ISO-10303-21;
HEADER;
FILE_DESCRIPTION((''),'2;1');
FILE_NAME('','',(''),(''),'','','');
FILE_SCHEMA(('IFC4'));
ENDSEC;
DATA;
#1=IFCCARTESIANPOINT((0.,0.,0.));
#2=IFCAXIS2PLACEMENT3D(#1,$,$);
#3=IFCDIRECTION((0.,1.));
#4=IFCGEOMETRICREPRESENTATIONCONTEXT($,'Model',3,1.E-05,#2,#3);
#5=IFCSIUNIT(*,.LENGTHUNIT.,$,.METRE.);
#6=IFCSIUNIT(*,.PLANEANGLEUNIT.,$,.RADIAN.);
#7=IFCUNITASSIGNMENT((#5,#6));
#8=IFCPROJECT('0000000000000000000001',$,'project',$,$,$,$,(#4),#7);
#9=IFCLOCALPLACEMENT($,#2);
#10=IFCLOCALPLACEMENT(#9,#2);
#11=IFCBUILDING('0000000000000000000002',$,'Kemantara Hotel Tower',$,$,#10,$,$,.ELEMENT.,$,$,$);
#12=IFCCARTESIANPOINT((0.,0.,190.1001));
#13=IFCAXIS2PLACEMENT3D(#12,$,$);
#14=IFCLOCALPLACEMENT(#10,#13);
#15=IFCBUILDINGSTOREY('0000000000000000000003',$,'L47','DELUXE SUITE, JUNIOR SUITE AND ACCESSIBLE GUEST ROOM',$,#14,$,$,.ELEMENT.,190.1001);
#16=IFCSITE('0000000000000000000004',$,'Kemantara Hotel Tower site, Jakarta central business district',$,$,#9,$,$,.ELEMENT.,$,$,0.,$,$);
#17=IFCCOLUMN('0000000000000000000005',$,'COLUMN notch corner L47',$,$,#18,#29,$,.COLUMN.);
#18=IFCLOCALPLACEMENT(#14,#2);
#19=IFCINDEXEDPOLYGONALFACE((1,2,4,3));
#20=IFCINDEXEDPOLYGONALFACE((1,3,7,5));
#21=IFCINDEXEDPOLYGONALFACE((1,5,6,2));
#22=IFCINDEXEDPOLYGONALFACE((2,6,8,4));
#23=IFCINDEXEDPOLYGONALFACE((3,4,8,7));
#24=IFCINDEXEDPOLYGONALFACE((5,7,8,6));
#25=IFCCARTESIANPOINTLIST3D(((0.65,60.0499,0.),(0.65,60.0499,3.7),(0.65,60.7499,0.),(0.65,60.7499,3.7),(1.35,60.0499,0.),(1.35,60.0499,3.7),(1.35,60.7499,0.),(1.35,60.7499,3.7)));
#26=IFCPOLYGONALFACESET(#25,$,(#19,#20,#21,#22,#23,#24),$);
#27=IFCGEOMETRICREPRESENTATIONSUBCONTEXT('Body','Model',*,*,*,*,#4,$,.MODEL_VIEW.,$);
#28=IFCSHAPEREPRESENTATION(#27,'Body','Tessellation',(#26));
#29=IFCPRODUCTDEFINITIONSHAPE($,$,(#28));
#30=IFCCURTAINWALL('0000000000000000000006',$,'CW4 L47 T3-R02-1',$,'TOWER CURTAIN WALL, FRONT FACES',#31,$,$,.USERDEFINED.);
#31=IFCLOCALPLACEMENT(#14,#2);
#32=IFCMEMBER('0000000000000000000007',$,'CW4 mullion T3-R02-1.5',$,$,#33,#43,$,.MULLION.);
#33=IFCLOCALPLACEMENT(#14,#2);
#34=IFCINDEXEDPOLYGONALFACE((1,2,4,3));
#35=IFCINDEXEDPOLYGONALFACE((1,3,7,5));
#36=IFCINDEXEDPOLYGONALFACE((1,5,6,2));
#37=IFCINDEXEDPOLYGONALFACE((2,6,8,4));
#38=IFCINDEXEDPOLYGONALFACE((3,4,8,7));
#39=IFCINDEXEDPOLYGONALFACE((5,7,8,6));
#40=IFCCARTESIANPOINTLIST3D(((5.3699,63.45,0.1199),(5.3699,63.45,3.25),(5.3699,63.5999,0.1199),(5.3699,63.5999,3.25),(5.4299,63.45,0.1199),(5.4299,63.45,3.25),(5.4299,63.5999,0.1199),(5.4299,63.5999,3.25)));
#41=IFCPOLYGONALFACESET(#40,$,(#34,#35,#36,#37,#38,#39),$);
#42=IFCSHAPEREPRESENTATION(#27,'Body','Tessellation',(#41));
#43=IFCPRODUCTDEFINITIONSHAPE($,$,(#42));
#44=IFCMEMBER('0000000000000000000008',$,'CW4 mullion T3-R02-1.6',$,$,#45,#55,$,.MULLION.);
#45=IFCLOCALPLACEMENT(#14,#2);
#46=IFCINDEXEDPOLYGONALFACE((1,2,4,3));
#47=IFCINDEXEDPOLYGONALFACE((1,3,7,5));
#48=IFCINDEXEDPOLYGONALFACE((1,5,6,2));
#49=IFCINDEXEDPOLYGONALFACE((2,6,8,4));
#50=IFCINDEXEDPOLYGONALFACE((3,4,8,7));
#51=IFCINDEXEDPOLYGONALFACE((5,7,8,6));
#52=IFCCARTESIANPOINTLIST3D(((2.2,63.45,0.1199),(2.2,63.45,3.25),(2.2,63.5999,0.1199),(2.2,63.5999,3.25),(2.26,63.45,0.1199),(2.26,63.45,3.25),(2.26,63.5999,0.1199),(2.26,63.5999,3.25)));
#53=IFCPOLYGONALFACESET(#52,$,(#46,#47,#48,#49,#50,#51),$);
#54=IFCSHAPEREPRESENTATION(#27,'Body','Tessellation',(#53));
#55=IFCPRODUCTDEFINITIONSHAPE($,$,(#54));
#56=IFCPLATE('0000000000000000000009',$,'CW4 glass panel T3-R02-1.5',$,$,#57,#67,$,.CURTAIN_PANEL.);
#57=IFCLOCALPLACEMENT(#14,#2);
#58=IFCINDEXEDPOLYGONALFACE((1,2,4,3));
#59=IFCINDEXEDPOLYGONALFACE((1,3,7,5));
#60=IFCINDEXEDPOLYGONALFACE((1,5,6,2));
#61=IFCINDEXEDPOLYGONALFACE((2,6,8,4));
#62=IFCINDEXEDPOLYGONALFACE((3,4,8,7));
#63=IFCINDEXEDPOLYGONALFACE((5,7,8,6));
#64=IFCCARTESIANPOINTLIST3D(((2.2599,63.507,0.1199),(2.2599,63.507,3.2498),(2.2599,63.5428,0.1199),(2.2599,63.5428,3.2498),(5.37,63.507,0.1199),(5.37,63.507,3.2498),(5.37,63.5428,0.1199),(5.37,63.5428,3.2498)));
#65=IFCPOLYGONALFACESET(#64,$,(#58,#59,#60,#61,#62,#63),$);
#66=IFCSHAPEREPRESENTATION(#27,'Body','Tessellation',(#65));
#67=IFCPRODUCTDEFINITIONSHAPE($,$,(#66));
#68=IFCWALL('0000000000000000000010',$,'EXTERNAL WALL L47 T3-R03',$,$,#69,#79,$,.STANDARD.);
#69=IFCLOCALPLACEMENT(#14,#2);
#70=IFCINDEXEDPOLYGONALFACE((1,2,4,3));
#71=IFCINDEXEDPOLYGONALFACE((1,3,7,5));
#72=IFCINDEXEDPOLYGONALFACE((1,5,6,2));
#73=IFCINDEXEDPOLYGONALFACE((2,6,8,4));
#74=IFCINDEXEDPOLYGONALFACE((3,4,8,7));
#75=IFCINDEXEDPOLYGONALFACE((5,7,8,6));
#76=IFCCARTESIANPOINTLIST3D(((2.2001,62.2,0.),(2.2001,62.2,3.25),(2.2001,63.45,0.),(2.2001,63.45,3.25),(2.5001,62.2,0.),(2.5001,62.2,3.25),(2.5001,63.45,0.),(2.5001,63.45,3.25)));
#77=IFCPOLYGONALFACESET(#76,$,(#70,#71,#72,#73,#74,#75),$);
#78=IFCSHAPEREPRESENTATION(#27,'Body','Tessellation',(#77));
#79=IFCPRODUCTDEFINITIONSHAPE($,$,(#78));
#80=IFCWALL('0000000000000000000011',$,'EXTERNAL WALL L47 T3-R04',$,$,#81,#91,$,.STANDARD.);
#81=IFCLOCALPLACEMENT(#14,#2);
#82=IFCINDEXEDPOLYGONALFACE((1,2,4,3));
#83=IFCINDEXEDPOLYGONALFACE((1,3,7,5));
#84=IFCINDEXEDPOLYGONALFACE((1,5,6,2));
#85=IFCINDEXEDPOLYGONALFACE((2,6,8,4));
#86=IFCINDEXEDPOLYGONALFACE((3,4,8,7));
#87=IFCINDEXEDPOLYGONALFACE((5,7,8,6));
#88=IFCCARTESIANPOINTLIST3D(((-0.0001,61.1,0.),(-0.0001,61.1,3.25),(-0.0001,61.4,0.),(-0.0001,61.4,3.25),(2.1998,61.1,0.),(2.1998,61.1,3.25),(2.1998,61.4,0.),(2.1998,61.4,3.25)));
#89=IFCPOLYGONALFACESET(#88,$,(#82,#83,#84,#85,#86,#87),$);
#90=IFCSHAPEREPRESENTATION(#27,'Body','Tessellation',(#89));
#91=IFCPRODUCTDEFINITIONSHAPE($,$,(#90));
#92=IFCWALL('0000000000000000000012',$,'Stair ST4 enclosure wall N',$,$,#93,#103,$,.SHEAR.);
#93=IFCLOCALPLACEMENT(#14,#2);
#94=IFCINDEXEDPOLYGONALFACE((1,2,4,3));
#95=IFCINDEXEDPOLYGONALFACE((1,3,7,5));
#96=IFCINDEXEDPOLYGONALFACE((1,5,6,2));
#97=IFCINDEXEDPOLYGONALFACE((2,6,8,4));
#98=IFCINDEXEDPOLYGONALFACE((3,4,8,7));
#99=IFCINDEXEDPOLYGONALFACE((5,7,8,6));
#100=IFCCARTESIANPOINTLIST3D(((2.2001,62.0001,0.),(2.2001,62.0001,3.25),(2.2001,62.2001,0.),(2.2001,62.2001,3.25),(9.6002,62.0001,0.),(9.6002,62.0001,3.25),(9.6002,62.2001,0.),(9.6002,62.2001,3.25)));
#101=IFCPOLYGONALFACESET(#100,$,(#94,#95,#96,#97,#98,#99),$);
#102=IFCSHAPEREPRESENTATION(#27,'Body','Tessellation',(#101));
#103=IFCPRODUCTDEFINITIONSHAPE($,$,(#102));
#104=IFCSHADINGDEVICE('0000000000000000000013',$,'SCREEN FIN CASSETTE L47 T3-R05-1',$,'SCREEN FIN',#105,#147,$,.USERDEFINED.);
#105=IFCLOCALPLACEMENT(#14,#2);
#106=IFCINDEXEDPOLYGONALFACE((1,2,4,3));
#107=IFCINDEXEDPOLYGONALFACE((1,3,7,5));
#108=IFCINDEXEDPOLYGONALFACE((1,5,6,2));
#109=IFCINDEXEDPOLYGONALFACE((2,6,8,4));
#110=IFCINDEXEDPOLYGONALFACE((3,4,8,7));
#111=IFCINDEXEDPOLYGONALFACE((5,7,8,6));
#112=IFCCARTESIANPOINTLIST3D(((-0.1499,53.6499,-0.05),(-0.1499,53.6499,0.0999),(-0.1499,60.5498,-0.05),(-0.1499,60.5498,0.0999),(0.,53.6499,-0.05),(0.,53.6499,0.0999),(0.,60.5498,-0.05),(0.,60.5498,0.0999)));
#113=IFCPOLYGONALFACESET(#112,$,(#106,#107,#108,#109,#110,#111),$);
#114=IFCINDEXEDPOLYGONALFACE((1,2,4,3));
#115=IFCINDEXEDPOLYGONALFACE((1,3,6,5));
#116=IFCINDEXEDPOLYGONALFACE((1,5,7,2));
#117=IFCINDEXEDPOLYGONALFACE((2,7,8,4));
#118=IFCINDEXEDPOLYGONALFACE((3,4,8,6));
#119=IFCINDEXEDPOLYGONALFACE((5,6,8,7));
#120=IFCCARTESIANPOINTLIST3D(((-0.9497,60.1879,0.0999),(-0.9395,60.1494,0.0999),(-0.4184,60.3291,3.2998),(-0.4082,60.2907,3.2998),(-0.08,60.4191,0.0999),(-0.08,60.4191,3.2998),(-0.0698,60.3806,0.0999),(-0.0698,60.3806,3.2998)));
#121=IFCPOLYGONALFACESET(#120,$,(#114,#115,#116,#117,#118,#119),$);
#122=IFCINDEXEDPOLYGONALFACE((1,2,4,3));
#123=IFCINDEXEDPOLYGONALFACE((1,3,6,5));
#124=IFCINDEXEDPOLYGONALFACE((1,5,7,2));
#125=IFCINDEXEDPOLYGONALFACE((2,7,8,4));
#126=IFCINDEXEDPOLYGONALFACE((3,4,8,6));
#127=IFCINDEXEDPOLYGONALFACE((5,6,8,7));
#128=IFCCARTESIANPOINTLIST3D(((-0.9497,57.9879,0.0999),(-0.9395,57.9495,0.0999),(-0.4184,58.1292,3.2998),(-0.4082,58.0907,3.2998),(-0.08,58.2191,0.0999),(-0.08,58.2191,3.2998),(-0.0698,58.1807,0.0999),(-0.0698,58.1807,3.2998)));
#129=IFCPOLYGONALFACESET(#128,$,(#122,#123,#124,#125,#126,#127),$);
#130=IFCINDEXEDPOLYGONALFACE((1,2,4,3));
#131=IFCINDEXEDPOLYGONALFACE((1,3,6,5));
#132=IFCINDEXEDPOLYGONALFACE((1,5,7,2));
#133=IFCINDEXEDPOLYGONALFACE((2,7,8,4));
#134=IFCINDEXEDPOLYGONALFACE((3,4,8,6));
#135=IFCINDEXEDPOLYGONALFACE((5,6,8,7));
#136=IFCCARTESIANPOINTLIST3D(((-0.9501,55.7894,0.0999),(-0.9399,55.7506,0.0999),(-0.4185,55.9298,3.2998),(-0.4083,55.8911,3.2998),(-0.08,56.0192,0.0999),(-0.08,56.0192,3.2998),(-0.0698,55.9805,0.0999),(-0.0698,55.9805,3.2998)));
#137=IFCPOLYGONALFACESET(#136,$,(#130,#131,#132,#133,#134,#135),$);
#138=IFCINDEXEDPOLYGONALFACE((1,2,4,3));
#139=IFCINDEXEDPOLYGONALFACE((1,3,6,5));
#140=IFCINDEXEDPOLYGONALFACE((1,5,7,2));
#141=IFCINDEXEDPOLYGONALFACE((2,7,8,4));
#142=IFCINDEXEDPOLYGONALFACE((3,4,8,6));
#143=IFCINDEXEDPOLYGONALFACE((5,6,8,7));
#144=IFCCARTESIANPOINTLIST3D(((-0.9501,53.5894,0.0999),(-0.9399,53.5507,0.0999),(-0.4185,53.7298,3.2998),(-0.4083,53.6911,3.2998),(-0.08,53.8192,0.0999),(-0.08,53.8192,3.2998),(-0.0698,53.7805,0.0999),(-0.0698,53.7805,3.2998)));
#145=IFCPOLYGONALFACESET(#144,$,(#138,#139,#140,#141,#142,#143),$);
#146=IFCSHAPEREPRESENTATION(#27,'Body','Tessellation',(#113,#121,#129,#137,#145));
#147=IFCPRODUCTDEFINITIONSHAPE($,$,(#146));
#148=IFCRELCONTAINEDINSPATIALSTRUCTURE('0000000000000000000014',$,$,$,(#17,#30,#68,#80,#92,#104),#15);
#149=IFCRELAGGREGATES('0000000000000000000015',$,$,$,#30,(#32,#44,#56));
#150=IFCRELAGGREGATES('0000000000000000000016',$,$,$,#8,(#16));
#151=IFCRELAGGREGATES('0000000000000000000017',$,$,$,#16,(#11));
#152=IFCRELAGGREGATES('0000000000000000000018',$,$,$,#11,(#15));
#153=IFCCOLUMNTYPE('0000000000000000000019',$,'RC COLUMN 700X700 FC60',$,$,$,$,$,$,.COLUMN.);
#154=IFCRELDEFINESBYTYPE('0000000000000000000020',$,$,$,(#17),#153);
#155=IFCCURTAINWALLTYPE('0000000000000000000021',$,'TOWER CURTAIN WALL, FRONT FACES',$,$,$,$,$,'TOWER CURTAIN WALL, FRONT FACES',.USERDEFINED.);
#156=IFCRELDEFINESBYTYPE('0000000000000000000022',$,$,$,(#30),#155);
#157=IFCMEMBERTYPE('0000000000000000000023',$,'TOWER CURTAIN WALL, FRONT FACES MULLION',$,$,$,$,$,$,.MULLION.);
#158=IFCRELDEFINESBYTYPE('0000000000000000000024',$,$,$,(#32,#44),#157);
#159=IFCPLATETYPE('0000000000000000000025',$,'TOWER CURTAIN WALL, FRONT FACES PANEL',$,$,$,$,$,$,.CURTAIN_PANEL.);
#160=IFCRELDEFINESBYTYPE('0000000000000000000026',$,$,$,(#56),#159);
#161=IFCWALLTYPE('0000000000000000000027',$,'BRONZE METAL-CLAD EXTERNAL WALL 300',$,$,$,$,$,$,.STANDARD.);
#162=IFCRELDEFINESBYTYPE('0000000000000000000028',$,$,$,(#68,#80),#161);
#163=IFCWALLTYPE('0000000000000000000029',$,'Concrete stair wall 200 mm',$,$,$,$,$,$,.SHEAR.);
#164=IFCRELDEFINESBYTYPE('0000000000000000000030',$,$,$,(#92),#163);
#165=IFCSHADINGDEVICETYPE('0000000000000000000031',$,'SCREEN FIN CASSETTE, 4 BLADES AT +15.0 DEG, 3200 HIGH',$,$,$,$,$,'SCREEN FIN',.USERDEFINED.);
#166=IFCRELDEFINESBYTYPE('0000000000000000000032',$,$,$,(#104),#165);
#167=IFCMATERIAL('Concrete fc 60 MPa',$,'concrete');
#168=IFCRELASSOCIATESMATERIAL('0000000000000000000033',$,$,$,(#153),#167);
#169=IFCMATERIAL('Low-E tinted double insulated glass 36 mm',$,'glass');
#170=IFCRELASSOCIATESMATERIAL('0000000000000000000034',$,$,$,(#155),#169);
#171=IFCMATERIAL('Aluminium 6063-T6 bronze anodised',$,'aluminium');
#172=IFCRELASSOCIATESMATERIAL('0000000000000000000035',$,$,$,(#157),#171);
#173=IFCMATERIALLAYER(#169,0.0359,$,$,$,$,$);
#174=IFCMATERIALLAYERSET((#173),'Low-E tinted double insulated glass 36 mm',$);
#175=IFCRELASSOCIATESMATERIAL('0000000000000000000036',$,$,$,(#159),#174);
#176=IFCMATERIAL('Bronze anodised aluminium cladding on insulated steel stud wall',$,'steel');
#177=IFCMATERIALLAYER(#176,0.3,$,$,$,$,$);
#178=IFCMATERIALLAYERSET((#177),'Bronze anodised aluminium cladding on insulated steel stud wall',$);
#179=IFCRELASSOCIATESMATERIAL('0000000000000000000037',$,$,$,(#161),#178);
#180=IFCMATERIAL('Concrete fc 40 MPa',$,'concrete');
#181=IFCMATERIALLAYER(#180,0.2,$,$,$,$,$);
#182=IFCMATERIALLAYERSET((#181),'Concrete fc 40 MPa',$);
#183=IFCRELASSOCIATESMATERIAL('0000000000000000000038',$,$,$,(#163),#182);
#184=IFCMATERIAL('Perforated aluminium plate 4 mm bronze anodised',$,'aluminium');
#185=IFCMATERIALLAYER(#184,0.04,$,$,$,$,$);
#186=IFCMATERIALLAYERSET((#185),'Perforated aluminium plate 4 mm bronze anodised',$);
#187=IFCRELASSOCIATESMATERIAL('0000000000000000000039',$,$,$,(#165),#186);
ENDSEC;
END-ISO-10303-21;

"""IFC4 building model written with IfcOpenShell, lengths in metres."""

from ifc_helpers import new_model, si_unit, direction, frame, frame_2d, origin, origin_2d, place, context, subcontext, project, spatial, polyline, rectangle, outline, extrude, source, transform, mapped, material, layer, layer_set, material_profile, profile_set, type_object, element, aggregate, save


model = new_model("IFC4")

# Units and contexts
model_context = context("Model", 3, precision=1e-05, world=origin(), true_north=direction((0.0, 1.0)))
body_context = subcontext(model_context, "Body", "Model", "MODEL_VIEW")
ifc_project = project(units=[si_unit("LENGTHUNIT", "METRE"), si_unit("PLANEANGLEUNIT", "RADIAN")], contexts=[model_context])

# Site, building, storey
site_placement = place(None, origin())
site = spatial("IfcSite", under=ifc_project, at=site_placement, Name="Kemantara Hotel Tower site, Jakarta central business district", CompositionType="ELEMENT", RefElevation=0.0)
building_placement = place(site_placement, origin())
building = spatial("IfcBuilding", under=site, at=building_placement, Name="Kemantara Hotel Tower", CompositionType="ELEMENT")
storey_placement = place(building_placement, frame((0.0, 0.0, 190.1001)))
storey = spatial("IfcBuildingStorey", under=building, at=storey_placement, Name="L47", Description="DELUXE SUITE, JUNIOR SUITE AND ACCESSIBLE GUEST ROOM", CompositionType="ELEMENT", Elevation=190.1001)

# Column
ifc_material_1 = material(Name="Concrete fc 60 MPa", Category="concrete")
ifc_material_profile_1 = material_profile(ifc_material_1, rectangle(XDim=0.7, YDim=0.7, at=origin_2d()), Name="RC 700X700")
ifc_profile_set_1 = profile_set([ifc_material_profile_1], Name="Concrete fc 60 MPa")
column_type = type_object("IfcColumnType", Name="RC COLUMN 700X700 FC60", PredefinedType="COLUMN", material=ifc_profile_set_1)
column_placement = place(storey_placement, frame((1.0, 60.3999, 0.0), z_axis=(0.0, 0.0, 1.0), x_axis=(1.0, 0.0, 0.0)))
element("IfcColumn", 1, at=column_placement, inside=storey, type_object=column_type, Name="COLUMN notch corner L47", PredefinedType="COLUMN", context=body_context, shape_type="SweptSolid", body=[
    extrude(rectangle(XDim=0.7, YDim=0.7, at=origin_2d()), origin(), (0.0, 0.0, 1.0), 3.7),
])

# Curtain wall, members, plate
ifc_material_2 = material(Name="Low-E tinted double insulated glass 36 mm", Category="glass")
curtain_wall_type = type_object("IfcCurtainWallType", Name="TOWER CURTAIN WALL, FRONT FACES", ElementType="TOWER CURTAIN WALL, FRONT FACES", PredefinedType="USERDEFINED", material=ifc_material_2)
curtain_wall_placement = place(storey_placement, origin())
curtain_wall = element("IfcCurtainWall", 2, at=curtain_wall_placement, inside=storey, type_object=curtain_wall_type, Name="CW4 L47 T3-R02-1", ObjectType="TOWER CURTAIN WALL, FRONT FACES", PredefinedType="USERDEFINED")
ifc_material_3 = material(Name="Aluminium 6063-T6 bronze anodised", Category="aluminium")
ifc_material_profile_2 = material_profile(ifc_material_3, rectangle(XDim=0.1499, YDim=0.0601, at=origin_2d()), Name="TOWER CURTAIN WALL, FRONT FACES MULLION")
ifc_profile_set_2 = profile_set([ifc_material_profile_2], Name="Aluminium 6063-T6 bronze anodised")
member_type = type_object("IfcMemberType", Name="TOWER CURTAIN WALL, FRONT FACES MULLION", PredefinedType="MULLION", material=ifc_profile_set_2)
shared_shape_1 = source(origin(), body_context, "Body", "SweptSolid", [
    extrude(rectangle(XDim=0.1499, YDim=0.0601, at=origin_2d()), origin(), (0.0, 0.0, 1.0), 3.1301),
])
member_1_placement = place(storey_placement, frame((5.3999, 63.5249, 0.1199), z_axis=(0.0, 0.0, 1.0), x_axis=(0.0, -1.0, 0.0)))
member_1 = element("IfcMember", 3, at=member_1_placement, type_object=member_type, Name="CW4 mullion T3-R02-1.5", PredefinedType="MULLION", context=body_context, shape_type="MappedRepresentation", body=[
    mapped(shared_shape_1, transform((0.0, 0.0, 0.0))),
])
member_2_placement = place(storey_placement, frame((2.23, 63.5249, 0.1199), z_axis=(0.0, 0.0, 1.0), x_axis=(0.0, -1.0, 0.0)))
member_2 = element("IfcMember", 4, at=member_2_placement, type_object=member_type, Name="CW4 mullion T3-R02-1.6", PredefinedType="MULLION", context=body_context, shape_type="MappedRepresentation", body=[
    mapped(shared_shape_1, transform((0.0, 0.0, 0.0))),
])
ifc_layer_1 = layer(ifc_material_2, 0.0359)
ifc_layer_set_1 = layer_set([ifc_layer_1], Name="Low-E tinted double insulated glass 36 mm")
plate_type = type_object("IfcPlateType", Name="TOWER CURTAIN WALL, FRONT FACES PANEL", PredefinedType="CURTAIN_PANEL", material=ifc_layer_set_1)
shared_shape_2 = source(origin(), body_context, "Body", "SweptSolid", [
    extrude(rectangle(XDim=3.1101, YDim=0.0359, at=origin_2d()), origin(), (0.0, 0.0, 1.0), 3.1299),
])
plate_placement = place(storey_placement, frame((3.8149, 63.5249, 0.1199), z_axis=(0.0, 0.0, 1.0), x_axis=(-1.0, 0.0, 0.0)))
plate = element("IfcPlate", 5, at=plate_placement, type_object=plate_type, Name="CW4 glass panel T3-R02-1.5", PredefinedType="CURTAIN_PANEL", context=body_context, shape_type="MappedRepresentation", body=[
    mapped(shared_shape_2, transform((0.0, 0.0, 0.0))),
])
aggregate(curtain_wall, [member_1, member_2, plate])

# Walls
ifc_material_4 = material(Name="Bronze anodised aluminium cladding on insulated steel stud wall", Category="steel")
ifc_layer_2 = layer(ifc_material_4, 0.3)
ifc_layer_set_2 = layer_set([ifc_layer_2], Name="Bronze anodised aluminium cladding on insulated steel stud wall")
wall_type_1 = type_object("IfcWallType", Name="BRONZE METAL-CLAD EXTERNAL WALL 300", PredefinedType="STANDARD", material=ifc_layer_set_2)
wall_1_placement = place(storey_placement, frame((2.3501, 63.45, 0.0), z_axis=(0.0, 0.0, 1.0), x_axis=(0.0, -1.0, 0.0)))
element("IfcWall", 6, at=wall_1_placement, inside=storey, type_object=wall_type_1, Name="EXTERNAL WALL L47 T3-R03", PredefinedType="STANDARD", context=body_context, shape_type="SweptSolid", body=[
    extrude(rectangle(XDim=1.25, YDim=0.3, at=frame_2d((0.625, 0.0))), origin(), (0.0, 0.0, 1.0), 3.25),
])
wall_2_placement = place(storey_placement, frame((2.2, 61.25, 0.0), z_axis=(0.0, 0.0, 1.0), x_axis=(-1.0, 0.0, 0.0)))
element("IfcWall", 7, at=wall_2_placement, inside=storey, type_object=wall_type_1, Name="EXTERNAL WALL L47 T3-R04", PredefinedType="STANDARD", context=body_context, shape_type="SweptSolid", body=[
    extrude(rectangle(XDim=2.2, YDim=0.3, at=frame_2d((1.1001, 0.0))), origin(), (0.0, 0.0, 1.0), 3.25),
])

# Wall
ifc_material_5 = material(Name="Concrete fc 40 MPa", Category="concrete")
ifc_layer_3 = layer(ifc_material_5, 0.2)
ifc_layer_set_3 = layer_set([ifc_layer_3], Name="Concrete fc 40 MPa")
wall_type_2 = type_object("IfcWallType", Name="Concrete stair wall 200 mm", PredefinedType="SHEAR", material=ifc_layer_set_3)
wall_3_placement = place(storey_placement, frame((2.2, 62.1001, 0.0), z_axis=(0.0, 0.0, 1.0), x_axis=(1.0, 0.0, 0.0)))
element("IfcWall", 8, at=wall_3_placement, inside=storey, type_object=wall_type_2, Name="Stair ST4 enclosure wall N", PredefinedType="SHEAR", context=body_context, shape_type="SweptSolid", body=[
    extrude(rectangle(XDim=7.4001, YDim=0.2, at=frame_2d((3.7002, 0.0))), origin(), (0.0, 0.0, 1.0), 3.25),
])

# Shading device
ifc_material_6 = material(Name="Perforated aluminium plate 4 mm bronze anodised", Category="aluminium")
ifc_layer_4 = layer(ifc_material_6, 0.04)
ifc_layer_set_4 = layer_set([ifc_layer_4], Name="Perforated aluminium plate 4 mm bronze anodised")
shading_device_type = type_object("IfcShadingDeviceType", Name="SCREEN FIN CASSETTE, 4 BLADES AT +15.0 DEG, 3200 HIGH", ElementType="SCREEN FIN", PredefinedType="USERDEFINED", material=ifc_layer_set_4)
shared_shape_3 = source(origin(), body_context, "Body", "SweptSolid", [
    extrude(rectangle(XDim=6.8999, YDim=0.1499, at=origin_2d()), frame((3.3, -0.075, -0.1499), z_axis=(0.0, 0.0, 1.0), x_axis=(1.0, 0.0, 0.0)), (0.0, 0.0, 1.0), 0.1499),
    extrude(outline(polyline([(0.0, 0.0), (0.8999, 0.0), (0.3501, 3.2), (0.0, 3.2), (0.0, 0.0)])), frame((0.0193, -0.0698, 0.0), z_axis=(-0.966438, -0.256901, 0.0), x_axis=(0.256901, -0.966438, 0.0)), (0.0, 0.0, 1.0), 0.0398),
    extrude(outline(polyline([(0.0, 0.0), (0.8999, 0.0), (0.3501, 3.2), (0.0, 3.2), (0.0, 0.0)])), frame((2.2192, -0.0698, 0.0), z_axis=(-0.966438, -0.256901, 0.0), x_axis=(0.256901, -0.966438, 0.0)), (0.0, 0.0, 1.0), 0.0398),
    extrude(outline(polyline([(0.0, 0.0), (0.8999, 0.0), (0.3501, 3.2), (0.0, 3.2), (0.0, 0.0)])), frame((4.4194, -0.0698, 0.0), z_axis=(-0.966838, -0.255391, 0.0), x_axis=(0.255391, -0.966838, 0.0)), (0.0, 0.0, 1.0), 0.04),
    extrude(outline(polyline([(0.0, 0.0), (0.8999, 0.0), (0.3501, 3.2), (0.0, 3.2), (0.0, 0.0)])), frame((6.6194, -0.0698, 0.0), z_axis=(-0.966838, -0.255391, 0.0), x_axis=(0.255391, -0.966838, 0.0)), (0.0, 0.0, 1.0), 0.04),
])
shading_device_placement = place(storey_placement, frame((0.0, 60.3999, 0.0999), z_axis=(0.0, 0.0, 1.0), x_axis=(0.0, -1.0, 0.0)))
element("IfcShadingDevice", 9, at=shading_device_placement, inside=storey, type_object=shading_device_type, Name="SCREEN FIN CASSETTE L47 T3-R05-1", ObjectType="SCREEN FIN", PredefinedType="USERDEFINED", context=body_context, shape_type="MappedRepresentation", body=[
    mapped(shared_shape_3, transform((0.0, 0.0, 0.0))),
])

save(model, "model.ifc")
